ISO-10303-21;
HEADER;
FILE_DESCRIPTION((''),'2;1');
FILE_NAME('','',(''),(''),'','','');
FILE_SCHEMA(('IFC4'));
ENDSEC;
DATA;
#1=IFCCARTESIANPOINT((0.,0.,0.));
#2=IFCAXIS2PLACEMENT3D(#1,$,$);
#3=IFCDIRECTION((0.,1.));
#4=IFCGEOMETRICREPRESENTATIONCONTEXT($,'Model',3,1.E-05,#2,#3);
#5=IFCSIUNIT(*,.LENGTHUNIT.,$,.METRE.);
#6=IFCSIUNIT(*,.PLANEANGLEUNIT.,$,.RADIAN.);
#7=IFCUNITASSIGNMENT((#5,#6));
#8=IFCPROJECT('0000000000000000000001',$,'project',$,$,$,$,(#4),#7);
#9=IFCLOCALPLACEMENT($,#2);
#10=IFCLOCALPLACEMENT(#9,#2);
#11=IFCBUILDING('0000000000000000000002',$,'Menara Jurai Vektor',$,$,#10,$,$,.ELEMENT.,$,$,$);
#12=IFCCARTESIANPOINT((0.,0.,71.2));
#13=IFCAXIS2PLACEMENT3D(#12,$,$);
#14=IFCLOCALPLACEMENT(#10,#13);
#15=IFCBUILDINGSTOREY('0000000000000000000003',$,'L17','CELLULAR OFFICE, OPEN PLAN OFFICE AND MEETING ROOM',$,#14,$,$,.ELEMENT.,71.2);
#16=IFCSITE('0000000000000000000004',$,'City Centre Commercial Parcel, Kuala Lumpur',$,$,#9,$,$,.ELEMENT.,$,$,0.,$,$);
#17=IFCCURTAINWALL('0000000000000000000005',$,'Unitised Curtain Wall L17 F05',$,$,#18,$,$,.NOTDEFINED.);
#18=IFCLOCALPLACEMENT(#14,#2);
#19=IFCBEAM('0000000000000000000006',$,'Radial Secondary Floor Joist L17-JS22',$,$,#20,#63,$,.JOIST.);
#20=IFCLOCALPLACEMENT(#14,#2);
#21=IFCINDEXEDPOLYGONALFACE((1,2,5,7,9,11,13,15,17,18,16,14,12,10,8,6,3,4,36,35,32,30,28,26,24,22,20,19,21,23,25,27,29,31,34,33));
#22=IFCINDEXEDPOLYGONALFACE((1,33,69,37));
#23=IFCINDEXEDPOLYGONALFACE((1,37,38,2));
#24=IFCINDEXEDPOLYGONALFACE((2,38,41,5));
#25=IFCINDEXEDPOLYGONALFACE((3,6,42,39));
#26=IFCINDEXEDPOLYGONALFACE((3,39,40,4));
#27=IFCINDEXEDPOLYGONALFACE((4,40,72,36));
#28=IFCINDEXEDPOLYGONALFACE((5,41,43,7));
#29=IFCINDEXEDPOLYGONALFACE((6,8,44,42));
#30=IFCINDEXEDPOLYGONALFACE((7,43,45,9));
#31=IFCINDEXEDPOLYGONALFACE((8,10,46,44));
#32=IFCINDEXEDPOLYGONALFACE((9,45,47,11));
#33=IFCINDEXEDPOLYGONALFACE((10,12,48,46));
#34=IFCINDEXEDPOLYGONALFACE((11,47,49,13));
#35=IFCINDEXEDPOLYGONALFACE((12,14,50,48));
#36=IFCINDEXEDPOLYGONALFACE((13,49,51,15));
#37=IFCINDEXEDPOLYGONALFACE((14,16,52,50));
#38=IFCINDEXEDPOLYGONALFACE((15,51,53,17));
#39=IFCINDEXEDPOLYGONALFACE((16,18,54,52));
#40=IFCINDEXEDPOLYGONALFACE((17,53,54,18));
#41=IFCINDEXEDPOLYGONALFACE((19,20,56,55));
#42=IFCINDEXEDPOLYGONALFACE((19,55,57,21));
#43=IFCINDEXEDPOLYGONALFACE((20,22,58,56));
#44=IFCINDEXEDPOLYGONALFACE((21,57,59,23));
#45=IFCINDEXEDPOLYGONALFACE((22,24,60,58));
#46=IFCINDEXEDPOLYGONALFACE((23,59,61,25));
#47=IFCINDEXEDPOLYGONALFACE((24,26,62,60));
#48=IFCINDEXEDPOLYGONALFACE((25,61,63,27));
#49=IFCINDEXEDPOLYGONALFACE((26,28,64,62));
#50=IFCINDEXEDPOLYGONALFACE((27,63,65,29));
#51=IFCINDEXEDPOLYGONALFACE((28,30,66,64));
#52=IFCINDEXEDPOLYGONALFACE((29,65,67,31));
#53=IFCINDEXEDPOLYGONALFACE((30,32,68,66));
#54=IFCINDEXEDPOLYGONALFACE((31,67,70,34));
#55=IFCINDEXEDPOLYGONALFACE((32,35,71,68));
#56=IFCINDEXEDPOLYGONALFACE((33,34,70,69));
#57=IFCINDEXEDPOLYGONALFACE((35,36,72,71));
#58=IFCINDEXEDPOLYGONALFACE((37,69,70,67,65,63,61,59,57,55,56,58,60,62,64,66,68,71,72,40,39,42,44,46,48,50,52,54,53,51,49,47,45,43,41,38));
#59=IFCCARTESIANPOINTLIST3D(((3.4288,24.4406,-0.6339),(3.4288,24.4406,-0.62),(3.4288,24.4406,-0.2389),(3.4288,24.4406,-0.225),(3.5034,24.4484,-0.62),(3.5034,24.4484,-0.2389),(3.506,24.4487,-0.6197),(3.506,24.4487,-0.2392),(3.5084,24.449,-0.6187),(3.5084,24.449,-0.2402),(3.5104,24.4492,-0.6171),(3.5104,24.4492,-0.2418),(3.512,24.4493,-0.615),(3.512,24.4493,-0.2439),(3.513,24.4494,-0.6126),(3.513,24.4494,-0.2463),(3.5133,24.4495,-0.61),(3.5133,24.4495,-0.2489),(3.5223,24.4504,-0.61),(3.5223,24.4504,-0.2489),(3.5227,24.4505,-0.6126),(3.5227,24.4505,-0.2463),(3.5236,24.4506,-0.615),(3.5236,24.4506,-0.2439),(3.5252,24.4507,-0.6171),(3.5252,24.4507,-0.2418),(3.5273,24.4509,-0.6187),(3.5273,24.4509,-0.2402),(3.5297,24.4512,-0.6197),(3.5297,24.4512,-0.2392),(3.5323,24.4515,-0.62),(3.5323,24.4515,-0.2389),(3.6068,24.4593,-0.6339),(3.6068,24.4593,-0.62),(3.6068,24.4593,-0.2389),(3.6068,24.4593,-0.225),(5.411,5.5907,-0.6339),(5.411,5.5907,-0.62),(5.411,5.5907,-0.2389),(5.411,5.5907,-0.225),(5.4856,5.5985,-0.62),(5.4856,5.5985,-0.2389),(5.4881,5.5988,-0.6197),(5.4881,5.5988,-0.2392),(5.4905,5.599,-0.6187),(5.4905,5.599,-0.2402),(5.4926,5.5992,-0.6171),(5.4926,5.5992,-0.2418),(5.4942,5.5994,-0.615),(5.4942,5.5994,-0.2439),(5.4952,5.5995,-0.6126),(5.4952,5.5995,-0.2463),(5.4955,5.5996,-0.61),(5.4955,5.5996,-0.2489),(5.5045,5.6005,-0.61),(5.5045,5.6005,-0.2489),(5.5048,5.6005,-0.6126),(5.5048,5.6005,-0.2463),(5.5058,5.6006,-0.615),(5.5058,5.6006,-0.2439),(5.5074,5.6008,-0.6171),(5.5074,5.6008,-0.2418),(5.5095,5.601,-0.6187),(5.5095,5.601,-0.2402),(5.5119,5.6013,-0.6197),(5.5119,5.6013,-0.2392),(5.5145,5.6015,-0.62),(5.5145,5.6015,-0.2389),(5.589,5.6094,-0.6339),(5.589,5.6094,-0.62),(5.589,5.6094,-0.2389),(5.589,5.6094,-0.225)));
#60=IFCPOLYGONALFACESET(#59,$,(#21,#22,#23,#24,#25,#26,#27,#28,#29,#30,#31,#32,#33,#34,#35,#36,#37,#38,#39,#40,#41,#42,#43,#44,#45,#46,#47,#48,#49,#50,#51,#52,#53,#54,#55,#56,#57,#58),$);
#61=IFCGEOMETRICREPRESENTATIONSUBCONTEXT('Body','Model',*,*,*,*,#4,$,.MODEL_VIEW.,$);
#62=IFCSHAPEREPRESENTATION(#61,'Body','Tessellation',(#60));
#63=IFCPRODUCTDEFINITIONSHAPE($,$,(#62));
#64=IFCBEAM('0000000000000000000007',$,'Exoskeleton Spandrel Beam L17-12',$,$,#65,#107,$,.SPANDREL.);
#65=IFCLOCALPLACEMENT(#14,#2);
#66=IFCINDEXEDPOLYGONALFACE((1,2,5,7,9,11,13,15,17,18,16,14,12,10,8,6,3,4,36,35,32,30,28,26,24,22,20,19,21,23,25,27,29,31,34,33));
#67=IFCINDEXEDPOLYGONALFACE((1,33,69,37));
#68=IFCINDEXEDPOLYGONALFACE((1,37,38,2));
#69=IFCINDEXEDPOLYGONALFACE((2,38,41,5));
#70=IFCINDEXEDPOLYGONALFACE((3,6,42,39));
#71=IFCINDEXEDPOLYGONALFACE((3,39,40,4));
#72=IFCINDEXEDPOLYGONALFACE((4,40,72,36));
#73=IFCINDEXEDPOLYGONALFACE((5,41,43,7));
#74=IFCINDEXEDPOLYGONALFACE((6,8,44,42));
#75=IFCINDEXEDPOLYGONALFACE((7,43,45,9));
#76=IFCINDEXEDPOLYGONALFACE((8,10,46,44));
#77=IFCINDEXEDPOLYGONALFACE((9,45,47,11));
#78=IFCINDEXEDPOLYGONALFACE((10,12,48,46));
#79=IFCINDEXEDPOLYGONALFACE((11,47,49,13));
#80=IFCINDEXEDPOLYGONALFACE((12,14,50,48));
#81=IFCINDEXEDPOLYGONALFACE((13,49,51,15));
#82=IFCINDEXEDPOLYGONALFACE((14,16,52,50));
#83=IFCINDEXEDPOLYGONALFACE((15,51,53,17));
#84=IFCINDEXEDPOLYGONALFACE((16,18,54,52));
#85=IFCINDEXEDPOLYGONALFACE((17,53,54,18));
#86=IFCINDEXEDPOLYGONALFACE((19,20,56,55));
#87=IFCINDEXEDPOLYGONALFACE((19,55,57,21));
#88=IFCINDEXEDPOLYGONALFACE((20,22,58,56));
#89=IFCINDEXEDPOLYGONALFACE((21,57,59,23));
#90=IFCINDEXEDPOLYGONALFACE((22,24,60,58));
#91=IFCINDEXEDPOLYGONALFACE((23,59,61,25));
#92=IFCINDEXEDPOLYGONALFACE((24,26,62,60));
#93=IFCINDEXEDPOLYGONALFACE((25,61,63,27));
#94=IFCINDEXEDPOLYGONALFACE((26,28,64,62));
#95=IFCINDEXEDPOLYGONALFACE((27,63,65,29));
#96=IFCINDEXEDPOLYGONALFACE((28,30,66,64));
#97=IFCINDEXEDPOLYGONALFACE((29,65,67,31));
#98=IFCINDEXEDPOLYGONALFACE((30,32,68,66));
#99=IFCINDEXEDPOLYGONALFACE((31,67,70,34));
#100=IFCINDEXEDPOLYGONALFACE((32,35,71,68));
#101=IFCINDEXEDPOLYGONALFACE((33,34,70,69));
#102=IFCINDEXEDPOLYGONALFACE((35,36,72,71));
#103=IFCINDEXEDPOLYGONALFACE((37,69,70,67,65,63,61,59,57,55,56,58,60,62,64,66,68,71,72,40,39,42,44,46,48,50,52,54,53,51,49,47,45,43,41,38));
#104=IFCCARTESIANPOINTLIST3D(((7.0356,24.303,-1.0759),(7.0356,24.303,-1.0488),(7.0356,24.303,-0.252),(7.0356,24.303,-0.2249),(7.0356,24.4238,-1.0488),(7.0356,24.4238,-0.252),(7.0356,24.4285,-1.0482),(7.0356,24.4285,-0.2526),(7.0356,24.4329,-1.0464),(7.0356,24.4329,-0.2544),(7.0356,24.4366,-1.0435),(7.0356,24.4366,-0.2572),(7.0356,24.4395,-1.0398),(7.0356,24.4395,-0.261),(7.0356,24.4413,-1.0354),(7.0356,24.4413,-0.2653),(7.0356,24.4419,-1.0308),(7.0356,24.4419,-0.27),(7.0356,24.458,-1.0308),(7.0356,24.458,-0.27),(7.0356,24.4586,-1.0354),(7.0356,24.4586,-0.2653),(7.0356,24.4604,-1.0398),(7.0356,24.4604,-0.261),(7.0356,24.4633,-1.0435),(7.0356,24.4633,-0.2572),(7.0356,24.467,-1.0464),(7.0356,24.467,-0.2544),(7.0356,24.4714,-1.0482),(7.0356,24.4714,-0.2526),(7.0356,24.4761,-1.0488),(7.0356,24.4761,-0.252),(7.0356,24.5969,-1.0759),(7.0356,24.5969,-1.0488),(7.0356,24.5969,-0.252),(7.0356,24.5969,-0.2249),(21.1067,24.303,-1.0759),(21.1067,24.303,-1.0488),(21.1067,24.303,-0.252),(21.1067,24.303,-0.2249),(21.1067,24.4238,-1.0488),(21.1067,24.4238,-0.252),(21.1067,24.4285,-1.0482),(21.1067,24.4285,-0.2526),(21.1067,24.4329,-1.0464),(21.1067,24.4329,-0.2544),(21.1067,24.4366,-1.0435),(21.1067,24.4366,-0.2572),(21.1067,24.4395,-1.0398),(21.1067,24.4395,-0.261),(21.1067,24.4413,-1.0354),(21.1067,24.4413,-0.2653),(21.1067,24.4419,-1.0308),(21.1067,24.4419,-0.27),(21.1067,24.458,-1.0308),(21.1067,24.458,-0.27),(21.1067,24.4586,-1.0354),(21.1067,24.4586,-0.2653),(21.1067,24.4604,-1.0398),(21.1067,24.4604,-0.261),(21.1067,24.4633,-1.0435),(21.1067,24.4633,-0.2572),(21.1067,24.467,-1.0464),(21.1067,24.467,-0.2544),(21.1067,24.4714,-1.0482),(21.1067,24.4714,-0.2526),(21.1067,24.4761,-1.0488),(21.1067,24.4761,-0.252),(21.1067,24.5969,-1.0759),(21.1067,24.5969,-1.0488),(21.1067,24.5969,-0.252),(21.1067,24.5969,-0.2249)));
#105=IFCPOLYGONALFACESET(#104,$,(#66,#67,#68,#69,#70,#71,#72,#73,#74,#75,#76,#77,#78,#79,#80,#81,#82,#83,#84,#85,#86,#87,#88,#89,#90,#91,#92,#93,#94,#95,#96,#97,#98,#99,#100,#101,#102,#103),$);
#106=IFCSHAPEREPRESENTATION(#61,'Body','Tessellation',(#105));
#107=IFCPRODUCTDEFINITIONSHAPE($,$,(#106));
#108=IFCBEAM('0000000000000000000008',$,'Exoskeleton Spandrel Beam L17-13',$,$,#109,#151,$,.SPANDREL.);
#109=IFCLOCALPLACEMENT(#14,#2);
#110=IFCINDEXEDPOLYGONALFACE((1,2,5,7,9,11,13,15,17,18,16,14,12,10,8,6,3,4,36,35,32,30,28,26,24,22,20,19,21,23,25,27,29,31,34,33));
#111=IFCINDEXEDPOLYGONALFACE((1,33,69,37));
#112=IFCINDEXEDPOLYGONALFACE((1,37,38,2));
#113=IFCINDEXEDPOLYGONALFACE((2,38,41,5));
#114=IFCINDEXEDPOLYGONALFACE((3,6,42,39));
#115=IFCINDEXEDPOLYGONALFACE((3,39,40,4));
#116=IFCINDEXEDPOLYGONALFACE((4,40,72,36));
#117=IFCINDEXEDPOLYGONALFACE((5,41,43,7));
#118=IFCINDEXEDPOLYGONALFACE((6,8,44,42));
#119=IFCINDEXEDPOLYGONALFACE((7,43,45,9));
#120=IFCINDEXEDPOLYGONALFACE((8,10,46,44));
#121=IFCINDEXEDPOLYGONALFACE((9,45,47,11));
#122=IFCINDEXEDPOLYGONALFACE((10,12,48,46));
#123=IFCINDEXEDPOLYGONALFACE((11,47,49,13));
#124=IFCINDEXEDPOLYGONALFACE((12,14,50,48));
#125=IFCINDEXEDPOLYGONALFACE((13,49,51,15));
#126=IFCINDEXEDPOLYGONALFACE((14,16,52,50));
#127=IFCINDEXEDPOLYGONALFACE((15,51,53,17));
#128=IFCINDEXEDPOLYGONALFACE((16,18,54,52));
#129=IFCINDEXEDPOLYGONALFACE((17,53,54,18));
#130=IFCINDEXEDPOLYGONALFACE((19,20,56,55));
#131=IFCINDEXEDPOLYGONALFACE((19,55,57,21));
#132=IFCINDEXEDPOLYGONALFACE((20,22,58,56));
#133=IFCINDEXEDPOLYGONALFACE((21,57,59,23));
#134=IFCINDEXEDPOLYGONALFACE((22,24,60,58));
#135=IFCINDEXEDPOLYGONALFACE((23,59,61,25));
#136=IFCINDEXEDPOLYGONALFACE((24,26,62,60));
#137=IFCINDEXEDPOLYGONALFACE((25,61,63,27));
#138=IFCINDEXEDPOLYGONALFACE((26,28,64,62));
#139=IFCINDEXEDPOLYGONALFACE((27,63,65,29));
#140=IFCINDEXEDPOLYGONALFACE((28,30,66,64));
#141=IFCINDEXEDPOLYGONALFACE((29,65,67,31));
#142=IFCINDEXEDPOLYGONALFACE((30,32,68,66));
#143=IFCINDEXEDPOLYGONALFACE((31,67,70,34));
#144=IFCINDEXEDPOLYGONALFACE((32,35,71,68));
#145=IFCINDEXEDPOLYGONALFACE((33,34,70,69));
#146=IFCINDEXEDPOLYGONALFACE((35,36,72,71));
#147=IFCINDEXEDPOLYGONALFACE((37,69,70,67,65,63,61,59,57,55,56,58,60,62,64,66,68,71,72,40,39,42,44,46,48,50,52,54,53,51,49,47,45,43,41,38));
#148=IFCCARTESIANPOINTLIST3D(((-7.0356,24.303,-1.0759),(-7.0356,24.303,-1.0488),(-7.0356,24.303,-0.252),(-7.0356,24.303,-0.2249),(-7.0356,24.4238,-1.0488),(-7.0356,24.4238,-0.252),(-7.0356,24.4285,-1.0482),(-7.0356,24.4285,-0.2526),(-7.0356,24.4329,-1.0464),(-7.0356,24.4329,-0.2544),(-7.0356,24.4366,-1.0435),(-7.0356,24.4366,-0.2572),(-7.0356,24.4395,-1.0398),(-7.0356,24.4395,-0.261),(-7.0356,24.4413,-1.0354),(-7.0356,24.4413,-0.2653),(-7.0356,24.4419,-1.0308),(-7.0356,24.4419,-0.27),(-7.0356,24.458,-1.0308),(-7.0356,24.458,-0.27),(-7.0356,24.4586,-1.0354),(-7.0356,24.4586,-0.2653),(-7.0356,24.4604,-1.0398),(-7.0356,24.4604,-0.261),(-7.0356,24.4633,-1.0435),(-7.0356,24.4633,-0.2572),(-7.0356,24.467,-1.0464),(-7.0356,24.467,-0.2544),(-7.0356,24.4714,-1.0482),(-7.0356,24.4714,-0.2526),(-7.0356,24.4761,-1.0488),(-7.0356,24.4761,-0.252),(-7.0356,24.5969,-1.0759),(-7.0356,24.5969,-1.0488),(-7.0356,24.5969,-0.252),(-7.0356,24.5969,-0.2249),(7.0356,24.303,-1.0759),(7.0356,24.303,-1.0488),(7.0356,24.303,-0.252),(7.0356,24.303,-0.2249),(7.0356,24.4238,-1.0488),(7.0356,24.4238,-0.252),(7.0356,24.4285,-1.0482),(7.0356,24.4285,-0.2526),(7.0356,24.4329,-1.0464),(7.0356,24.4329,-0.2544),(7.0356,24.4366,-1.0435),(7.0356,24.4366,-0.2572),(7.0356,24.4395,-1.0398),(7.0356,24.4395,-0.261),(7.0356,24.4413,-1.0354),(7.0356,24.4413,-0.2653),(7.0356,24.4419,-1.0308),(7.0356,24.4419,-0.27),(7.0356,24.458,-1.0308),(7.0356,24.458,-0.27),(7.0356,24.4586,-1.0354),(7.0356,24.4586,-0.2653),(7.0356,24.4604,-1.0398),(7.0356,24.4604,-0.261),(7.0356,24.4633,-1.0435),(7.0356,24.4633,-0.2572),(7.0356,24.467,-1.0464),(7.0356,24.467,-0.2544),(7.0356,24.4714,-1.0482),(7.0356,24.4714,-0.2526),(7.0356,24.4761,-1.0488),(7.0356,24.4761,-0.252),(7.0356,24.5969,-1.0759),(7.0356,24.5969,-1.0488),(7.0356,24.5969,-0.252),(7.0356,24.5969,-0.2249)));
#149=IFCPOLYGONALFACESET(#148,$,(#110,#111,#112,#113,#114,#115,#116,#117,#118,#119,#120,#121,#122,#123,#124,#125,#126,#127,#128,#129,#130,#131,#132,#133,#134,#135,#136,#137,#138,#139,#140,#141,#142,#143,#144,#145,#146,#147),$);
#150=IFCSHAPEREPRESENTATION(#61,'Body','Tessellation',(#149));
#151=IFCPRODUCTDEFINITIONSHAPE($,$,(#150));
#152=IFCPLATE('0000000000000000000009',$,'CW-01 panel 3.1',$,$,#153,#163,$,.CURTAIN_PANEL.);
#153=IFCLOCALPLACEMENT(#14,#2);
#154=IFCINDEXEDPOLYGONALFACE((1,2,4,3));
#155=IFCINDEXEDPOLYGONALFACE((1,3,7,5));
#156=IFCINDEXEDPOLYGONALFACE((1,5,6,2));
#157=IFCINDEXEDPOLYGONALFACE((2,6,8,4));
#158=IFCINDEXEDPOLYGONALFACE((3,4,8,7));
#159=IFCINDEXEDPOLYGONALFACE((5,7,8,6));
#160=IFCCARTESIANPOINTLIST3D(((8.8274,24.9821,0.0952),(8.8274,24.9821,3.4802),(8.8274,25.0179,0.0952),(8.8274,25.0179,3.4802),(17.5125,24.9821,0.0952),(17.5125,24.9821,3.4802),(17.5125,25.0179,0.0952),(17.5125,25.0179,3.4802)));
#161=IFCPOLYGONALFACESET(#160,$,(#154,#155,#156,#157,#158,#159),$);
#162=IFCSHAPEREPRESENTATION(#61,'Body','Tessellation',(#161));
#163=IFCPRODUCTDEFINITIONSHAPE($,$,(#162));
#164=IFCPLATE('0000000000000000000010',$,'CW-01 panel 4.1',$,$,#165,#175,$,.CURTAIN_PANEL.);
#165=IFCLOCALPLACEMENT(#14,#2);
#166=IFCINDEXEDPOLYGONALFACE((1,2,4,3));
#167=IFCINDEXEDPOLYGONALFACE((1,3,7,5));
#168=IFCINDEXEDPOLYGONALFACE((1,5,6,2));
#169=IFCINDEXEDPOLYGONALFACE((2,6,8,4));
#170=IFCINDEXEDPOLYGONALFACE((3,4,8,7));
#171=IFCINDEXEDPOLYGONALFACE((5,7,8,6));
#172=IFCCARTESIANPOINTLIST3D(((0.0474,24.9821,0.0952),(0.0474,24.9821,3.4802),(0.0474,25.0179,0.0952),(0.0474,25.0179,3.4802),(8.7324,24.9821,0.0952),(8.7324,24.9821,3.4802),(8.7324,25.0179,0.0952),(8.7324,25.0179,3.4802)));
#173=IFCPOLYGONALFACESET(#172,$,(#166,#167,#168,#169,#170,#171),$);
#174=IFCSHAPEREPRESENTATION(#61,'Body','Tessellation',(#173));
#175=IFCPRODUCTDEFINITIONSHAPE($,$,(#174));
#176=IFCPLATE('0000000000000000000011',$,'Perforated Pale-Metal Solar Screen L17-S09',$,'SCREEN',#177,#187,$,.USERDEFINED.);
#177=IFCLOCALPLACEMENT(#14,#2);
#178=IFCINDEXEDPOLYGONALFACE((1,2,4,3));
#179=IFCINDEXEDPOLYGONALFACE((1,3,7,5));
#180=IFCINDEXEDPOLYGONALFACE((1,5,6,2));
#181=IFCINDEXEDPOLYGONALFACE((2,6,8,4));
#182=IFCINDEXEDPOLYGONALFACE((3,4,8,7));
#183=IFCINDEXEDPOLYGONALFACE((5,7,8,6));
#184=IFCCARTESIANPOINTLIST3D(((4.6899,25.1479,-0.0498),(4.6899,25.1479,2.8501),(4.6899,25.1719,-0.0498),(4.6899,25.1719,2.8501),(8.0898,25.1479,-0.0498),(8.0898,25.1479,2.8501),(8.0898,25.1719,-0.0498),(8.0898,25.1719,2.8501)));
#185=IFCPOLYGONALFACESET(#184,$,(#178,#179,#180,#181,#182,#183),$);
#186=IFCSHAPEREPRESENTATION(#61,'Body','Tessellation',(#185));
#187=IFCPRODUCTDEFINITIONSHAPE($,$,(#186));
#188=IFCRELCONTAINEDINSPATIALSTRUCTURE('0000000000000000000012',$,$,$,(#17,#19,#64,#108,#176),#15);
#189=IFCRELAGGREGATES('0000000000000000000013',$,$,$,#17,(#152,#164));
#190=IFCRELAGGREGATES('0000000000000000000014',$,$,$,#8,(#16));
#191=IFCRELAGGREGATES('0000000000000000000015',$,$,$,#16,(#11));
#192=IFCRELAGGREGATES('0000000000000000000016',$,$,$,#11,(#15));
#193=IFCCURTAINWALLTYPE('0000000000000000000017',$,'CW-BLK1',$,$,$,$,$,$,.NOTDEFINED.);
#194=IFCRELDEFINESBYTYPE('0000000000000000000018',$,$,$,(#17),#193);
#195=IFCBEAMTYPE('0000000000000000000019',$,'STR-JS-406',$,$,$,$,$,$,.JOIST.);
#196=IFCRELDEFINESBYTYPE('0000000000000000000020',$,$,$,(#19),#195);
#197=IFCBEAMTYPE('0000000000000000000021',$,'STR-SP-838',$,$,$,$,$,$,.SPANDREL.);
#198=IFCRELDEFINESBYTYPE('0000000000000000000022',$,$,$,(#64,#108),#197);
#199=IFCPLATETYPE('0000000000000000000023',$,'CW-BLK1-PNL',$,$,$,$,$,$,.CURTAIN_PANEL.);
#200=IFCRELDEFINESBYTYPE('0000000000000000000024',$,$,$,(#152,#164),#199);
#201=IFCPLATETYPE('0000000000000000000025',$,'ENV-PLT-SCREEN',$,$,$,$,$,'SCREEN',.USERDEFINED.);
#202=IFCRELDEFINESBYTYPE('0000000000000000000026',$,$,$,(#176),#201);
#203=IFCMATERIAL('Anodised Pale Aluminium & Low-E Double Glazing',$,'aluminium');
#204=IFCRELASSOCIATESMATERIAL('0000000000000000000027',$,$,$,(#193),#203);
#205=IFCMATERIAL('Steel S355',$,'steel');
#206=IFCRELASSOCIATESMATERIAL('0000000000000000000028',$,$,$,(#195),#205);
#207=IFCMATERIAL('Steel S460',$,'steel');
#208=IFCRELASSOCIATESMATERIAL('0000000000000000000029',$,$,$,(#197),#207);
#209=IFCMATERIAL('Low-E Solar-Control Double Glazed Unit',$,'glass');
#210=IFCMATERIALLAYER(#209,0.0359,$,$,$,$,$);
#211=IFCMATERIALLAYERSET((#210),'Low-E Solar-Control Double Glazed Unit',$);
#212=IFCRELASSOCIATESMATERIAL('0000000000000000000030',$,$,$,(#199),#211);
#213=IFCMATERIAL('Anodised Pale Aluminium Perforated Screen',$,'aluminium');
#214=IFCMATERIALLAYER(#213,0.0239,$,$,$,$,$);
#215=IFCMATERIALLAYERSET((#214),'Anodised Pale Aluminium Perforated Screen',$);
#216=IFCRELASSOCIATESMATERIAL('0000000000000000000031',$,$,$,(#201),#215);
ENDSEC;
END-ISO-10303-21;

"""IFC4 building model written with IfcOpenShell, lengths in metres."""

from ifc_helpers import new_model, si_unit, direction, frame, origin, origin_2d, place, context, subcontext, project, spatial, rectangle, i_section, extrude, material, layer, layer_set, material_profile, profile_set, type_object, element, aggregate, save


model = new_model("IFC4")

# Units and contexts
model_context = context("Model", 3, precision=1e-05, world=origin(), true_north=direction((0.0, 1.0)))
body_context = subcontext(model_context, "Body", "Model", "MODEL_VIEW")
ifc_project = project(units=[si_unit("LENGTHUNIT", "METRE"), si_unit("PLANEANGLEUNIT", "RADIAN")], contexts=[model_context])

# Site, building, storey
site_placement = place(None, origin())
site = spatial("IfcSite", under=ifc_project, at=site_placement, Name="City Centre Commercial Parcel, Kuala Lumpur", CompositionType="ELEMENT", RefElevation=0.0)
building_placement = place(site_placement, origin())
building = spatial("IfcBuilding", under=site, at=building_placement, Name="Menara Jurai Vektor", CompositionType="ELEMENT")
storey_placement = place(building_placement, frame((0.0, 0.0, 71.2)))
storey = spatial("IfcBuildingStorey", under=building, at=storey_placement, Name="L17", Description="CELLULAR OFFICE, OPEN PLAN OFFICE AND MEETING ROOM", CompositionType="ELEMENT", Elevation=71.2)

# Shared definitions
ifc_material_1 = material(Name="Steel S460", Category="steel")

# Curtain wall
ifc_material_2 = material(Name="Anodised Pale Aluminium & Low-E Double Glazing", Category="aluminium")
curtain_wall_type = type_object("IfcCurtainWallType", Name="CW-BLK1", PredefinedType="NOTDEFINED", material=ifc_material_2)
curtain_wall_placement = place(storey_placement, origin())
curtain_wall = element("IfcCurtainWall", 1, at=curtain_wall_placement, inside=storey, type_object=curtain_wall_type, Name="Unitised Curtain Wall L17 F05", PredefinedType="NOTDEFINED")

# Beams
ifc_material_3 = material(Name="Steel S355", Category="steel")
ifc_material_profile_1 = material_profile(ifc_material_3, i_section(OverallWidth=0.179, OverallDepth=0.4089, WebThickness=0.009, FlangeThickness=0.0139, FilletRadius=0.01, at=origin_2d()), Name="UKB 406x178x67")
ifc_profile_set_1 = profile_set([ifc_material_profile_1], Name="Steel S355")
beam_type_1 = type_object("IfcBeamType", Name="STR-JS-406", PredefinedType="JOIST", material=ifc_profile_set_1)
beam_1_placement = place(storey_placement, frame((3.5178, 24.45, -0.4294), z_axis=(0.10458, -0.994517, 0.0), x_axis=(0.994517, 0.10458, 0.0)))
element("IfcBeam", 2, at=beam_1_placement, inside=storey, type_object=beam_type_1, Name="Radial Secondary Floor Joist L17-JS22", PredefinedType="JOIST", context=body_context, shape_type="SweptSolid", body=[
    extrude(i_section(OverallWidth=0.179, OverallDepth=0.4089, WebThickness=0.009, FlangeThickness=0.0139, FilletRadius=0.01, at=origin_2d()), origin(), (0.0, 0.0, 1.0), 18.9539),
])
ifc_material_profile_2 = material_profile(ifc_material_1, i_section(OverallWidth=0.2939, OverallDepth=0.8511, WebThickness=0.0161, FlangeThickness=0.0271, FilletRadius=0.0181, at=origin_2d()), Name="UKB 838x292x226")
ifc_profile_set_2 = profile_set([ifc_material_profile_2], Name="Steel S460")
beam_type_2 = type_object("IfcBeamType", Name="STR-SP-838", PredefinedType="SPANDREL", material=ifc_profile_set_2)
beam_2_placement = place(storey_placement, frame((21.1067, 24.45, -0.6504), z_axis=(-1.0, 0.0, 0.0), x_axis=(0.0, -1.0, 0.0)))
element("IfcBeam", 3, at=beam_2_placement, inside=storey, type_object=beam_type_2, Name="Exoskeleton Spandrel Beam L17-12", PredefinedType="SPANDREL", context=body_context, shape_type="SweptSolid", body=[
    extrude(i_section(OverallWidth=0.2939, OverallDepth=0.8511, WebThickness=0.0161, FlangeThickness=0.0271, FilletRadius=0.0181, at=origin_2d()), origin(), (0.0, 0.0, 1.0), 14.071),
])
beam_3_placement = place(storey_placement, frame((7.0356, 24.45, -0.6504), z_axis=(-1.0, 0.0, 0.0), x_axis=(0.0, -1.0, 0.0)))
element("IfcBeam", 4, at=beam_3_placement, inside=storey, type_object=beam_type_2, Name="Exoskeleton Spandrel Beam L17-13", PredefinedType="SPANDREL", context=body_context, shape_type="SweptSolid", body=[
    extrude(i_section(OverallWidth=0.2939, OverallDepth=0.8511, WebThickness=0.0161, FlangeThickness=0.0271, FilletRadius=0.0181, at=origin_2d()), origin(), (0.0, 0.0, 1.0), 14.0713),
])

# Plates
ifc_material_4 = material(Name="Low-E Solar-Control Double Glazed Unit", Category="glass")
ifc_layer_1 = layer(ifc_material_4, 0.0359)
ifc_layer_set_1 = layer_set([ifc_layer_1], Name="Low-E Solar-Control Double Glazed Unit")
plate_type_1 = type_object("IfcPlateType", Name="CW-BLK1-PNL", PredefinedType="CURTAIN_PANEL", material=ifc_layer_set_1)
plate_1_placement = place(storey_placement, frame((13.1699, 25.0, 0.0952), z_axis=(0.0, 0.0, 1.0), x_axis=(-1.0, 0.0, 0.0)))
plate_1 = element("IfcPlate", 5, at=plate_1_placement, type_object=plate_type_1, Name="CW-01 panel 3.1", PredefinedType="CURTAIN_PANEL", context=body_context, shape_type="SweptSolid", body=[
    extrude(rectangle(XDim=8.6851, YDim=0.0359, at=origin_2d()), origin(), (0.0, 0.0, 1.0), 3.385),
])
plate_2_placement = place(storey_placement, frame((4.3899, 25.0, 0.0952), z_axis=(0.0, 0.0, 1.0), x_axis=(-1.0, 0.0, 0.0)))
plate_2 = element("IfcPlate", 6, at=plate_2_placement, type_object=plate_type_1, Name="CW-01 panel 4.1", PredefinedType="CURTAIN_PANEL", context=body_context, shape_type="SweptSolid", body=[
    extrude(rectangle(XDim=8.6851, YDim=0.0359, at=origin_2d()), origin(), (0.0, 0.0, 1.0), 3.385),
])
aggregate(curtain_wall, [plate_1, plate_2])
ifc_material_5 = material(Name="Anodised Pale Aluminium Perforated Screen", Category="aluminium")
ifc_layer_2 = layer(ifc_material_5, 0.0239)
ifc_layer_set_2 = layer_set([ifc_layer_2], Name="Anodised Pale Aluminium Perforated Screen")
plate_type_2 = type_object("IfcPlateType", Name="ENV-PLT-SCREEN", ElementType="SCREEN", PredefinedType="USERDEFINED", material=ifc_layer_set_2)
plate_3_placement = place(storey_placement, frame((6.3899, 25.1599, -0.0498), z_axis=(0.0, 0.0, 1.0), x_axis=(-1.0, 0.0, 0.0)))
element("IfcPlate", 7, at=plate_3_placement, inside=storey, type_object=plate_type_2, Name="Perforated Pale-Metal Solar Screen L17-S09", ObjectType="SCREEN", PredefinedType="USERDEFINED", context=body_context, shape_type="SweptSolid", body=[
    extrude(rectangle(XDim=3.3999, YDim=0.0239, at=origin_2d()), origin(), (0.0, 0.0, 1.0), 2.8999),
])

save(model, "model.ifc")
